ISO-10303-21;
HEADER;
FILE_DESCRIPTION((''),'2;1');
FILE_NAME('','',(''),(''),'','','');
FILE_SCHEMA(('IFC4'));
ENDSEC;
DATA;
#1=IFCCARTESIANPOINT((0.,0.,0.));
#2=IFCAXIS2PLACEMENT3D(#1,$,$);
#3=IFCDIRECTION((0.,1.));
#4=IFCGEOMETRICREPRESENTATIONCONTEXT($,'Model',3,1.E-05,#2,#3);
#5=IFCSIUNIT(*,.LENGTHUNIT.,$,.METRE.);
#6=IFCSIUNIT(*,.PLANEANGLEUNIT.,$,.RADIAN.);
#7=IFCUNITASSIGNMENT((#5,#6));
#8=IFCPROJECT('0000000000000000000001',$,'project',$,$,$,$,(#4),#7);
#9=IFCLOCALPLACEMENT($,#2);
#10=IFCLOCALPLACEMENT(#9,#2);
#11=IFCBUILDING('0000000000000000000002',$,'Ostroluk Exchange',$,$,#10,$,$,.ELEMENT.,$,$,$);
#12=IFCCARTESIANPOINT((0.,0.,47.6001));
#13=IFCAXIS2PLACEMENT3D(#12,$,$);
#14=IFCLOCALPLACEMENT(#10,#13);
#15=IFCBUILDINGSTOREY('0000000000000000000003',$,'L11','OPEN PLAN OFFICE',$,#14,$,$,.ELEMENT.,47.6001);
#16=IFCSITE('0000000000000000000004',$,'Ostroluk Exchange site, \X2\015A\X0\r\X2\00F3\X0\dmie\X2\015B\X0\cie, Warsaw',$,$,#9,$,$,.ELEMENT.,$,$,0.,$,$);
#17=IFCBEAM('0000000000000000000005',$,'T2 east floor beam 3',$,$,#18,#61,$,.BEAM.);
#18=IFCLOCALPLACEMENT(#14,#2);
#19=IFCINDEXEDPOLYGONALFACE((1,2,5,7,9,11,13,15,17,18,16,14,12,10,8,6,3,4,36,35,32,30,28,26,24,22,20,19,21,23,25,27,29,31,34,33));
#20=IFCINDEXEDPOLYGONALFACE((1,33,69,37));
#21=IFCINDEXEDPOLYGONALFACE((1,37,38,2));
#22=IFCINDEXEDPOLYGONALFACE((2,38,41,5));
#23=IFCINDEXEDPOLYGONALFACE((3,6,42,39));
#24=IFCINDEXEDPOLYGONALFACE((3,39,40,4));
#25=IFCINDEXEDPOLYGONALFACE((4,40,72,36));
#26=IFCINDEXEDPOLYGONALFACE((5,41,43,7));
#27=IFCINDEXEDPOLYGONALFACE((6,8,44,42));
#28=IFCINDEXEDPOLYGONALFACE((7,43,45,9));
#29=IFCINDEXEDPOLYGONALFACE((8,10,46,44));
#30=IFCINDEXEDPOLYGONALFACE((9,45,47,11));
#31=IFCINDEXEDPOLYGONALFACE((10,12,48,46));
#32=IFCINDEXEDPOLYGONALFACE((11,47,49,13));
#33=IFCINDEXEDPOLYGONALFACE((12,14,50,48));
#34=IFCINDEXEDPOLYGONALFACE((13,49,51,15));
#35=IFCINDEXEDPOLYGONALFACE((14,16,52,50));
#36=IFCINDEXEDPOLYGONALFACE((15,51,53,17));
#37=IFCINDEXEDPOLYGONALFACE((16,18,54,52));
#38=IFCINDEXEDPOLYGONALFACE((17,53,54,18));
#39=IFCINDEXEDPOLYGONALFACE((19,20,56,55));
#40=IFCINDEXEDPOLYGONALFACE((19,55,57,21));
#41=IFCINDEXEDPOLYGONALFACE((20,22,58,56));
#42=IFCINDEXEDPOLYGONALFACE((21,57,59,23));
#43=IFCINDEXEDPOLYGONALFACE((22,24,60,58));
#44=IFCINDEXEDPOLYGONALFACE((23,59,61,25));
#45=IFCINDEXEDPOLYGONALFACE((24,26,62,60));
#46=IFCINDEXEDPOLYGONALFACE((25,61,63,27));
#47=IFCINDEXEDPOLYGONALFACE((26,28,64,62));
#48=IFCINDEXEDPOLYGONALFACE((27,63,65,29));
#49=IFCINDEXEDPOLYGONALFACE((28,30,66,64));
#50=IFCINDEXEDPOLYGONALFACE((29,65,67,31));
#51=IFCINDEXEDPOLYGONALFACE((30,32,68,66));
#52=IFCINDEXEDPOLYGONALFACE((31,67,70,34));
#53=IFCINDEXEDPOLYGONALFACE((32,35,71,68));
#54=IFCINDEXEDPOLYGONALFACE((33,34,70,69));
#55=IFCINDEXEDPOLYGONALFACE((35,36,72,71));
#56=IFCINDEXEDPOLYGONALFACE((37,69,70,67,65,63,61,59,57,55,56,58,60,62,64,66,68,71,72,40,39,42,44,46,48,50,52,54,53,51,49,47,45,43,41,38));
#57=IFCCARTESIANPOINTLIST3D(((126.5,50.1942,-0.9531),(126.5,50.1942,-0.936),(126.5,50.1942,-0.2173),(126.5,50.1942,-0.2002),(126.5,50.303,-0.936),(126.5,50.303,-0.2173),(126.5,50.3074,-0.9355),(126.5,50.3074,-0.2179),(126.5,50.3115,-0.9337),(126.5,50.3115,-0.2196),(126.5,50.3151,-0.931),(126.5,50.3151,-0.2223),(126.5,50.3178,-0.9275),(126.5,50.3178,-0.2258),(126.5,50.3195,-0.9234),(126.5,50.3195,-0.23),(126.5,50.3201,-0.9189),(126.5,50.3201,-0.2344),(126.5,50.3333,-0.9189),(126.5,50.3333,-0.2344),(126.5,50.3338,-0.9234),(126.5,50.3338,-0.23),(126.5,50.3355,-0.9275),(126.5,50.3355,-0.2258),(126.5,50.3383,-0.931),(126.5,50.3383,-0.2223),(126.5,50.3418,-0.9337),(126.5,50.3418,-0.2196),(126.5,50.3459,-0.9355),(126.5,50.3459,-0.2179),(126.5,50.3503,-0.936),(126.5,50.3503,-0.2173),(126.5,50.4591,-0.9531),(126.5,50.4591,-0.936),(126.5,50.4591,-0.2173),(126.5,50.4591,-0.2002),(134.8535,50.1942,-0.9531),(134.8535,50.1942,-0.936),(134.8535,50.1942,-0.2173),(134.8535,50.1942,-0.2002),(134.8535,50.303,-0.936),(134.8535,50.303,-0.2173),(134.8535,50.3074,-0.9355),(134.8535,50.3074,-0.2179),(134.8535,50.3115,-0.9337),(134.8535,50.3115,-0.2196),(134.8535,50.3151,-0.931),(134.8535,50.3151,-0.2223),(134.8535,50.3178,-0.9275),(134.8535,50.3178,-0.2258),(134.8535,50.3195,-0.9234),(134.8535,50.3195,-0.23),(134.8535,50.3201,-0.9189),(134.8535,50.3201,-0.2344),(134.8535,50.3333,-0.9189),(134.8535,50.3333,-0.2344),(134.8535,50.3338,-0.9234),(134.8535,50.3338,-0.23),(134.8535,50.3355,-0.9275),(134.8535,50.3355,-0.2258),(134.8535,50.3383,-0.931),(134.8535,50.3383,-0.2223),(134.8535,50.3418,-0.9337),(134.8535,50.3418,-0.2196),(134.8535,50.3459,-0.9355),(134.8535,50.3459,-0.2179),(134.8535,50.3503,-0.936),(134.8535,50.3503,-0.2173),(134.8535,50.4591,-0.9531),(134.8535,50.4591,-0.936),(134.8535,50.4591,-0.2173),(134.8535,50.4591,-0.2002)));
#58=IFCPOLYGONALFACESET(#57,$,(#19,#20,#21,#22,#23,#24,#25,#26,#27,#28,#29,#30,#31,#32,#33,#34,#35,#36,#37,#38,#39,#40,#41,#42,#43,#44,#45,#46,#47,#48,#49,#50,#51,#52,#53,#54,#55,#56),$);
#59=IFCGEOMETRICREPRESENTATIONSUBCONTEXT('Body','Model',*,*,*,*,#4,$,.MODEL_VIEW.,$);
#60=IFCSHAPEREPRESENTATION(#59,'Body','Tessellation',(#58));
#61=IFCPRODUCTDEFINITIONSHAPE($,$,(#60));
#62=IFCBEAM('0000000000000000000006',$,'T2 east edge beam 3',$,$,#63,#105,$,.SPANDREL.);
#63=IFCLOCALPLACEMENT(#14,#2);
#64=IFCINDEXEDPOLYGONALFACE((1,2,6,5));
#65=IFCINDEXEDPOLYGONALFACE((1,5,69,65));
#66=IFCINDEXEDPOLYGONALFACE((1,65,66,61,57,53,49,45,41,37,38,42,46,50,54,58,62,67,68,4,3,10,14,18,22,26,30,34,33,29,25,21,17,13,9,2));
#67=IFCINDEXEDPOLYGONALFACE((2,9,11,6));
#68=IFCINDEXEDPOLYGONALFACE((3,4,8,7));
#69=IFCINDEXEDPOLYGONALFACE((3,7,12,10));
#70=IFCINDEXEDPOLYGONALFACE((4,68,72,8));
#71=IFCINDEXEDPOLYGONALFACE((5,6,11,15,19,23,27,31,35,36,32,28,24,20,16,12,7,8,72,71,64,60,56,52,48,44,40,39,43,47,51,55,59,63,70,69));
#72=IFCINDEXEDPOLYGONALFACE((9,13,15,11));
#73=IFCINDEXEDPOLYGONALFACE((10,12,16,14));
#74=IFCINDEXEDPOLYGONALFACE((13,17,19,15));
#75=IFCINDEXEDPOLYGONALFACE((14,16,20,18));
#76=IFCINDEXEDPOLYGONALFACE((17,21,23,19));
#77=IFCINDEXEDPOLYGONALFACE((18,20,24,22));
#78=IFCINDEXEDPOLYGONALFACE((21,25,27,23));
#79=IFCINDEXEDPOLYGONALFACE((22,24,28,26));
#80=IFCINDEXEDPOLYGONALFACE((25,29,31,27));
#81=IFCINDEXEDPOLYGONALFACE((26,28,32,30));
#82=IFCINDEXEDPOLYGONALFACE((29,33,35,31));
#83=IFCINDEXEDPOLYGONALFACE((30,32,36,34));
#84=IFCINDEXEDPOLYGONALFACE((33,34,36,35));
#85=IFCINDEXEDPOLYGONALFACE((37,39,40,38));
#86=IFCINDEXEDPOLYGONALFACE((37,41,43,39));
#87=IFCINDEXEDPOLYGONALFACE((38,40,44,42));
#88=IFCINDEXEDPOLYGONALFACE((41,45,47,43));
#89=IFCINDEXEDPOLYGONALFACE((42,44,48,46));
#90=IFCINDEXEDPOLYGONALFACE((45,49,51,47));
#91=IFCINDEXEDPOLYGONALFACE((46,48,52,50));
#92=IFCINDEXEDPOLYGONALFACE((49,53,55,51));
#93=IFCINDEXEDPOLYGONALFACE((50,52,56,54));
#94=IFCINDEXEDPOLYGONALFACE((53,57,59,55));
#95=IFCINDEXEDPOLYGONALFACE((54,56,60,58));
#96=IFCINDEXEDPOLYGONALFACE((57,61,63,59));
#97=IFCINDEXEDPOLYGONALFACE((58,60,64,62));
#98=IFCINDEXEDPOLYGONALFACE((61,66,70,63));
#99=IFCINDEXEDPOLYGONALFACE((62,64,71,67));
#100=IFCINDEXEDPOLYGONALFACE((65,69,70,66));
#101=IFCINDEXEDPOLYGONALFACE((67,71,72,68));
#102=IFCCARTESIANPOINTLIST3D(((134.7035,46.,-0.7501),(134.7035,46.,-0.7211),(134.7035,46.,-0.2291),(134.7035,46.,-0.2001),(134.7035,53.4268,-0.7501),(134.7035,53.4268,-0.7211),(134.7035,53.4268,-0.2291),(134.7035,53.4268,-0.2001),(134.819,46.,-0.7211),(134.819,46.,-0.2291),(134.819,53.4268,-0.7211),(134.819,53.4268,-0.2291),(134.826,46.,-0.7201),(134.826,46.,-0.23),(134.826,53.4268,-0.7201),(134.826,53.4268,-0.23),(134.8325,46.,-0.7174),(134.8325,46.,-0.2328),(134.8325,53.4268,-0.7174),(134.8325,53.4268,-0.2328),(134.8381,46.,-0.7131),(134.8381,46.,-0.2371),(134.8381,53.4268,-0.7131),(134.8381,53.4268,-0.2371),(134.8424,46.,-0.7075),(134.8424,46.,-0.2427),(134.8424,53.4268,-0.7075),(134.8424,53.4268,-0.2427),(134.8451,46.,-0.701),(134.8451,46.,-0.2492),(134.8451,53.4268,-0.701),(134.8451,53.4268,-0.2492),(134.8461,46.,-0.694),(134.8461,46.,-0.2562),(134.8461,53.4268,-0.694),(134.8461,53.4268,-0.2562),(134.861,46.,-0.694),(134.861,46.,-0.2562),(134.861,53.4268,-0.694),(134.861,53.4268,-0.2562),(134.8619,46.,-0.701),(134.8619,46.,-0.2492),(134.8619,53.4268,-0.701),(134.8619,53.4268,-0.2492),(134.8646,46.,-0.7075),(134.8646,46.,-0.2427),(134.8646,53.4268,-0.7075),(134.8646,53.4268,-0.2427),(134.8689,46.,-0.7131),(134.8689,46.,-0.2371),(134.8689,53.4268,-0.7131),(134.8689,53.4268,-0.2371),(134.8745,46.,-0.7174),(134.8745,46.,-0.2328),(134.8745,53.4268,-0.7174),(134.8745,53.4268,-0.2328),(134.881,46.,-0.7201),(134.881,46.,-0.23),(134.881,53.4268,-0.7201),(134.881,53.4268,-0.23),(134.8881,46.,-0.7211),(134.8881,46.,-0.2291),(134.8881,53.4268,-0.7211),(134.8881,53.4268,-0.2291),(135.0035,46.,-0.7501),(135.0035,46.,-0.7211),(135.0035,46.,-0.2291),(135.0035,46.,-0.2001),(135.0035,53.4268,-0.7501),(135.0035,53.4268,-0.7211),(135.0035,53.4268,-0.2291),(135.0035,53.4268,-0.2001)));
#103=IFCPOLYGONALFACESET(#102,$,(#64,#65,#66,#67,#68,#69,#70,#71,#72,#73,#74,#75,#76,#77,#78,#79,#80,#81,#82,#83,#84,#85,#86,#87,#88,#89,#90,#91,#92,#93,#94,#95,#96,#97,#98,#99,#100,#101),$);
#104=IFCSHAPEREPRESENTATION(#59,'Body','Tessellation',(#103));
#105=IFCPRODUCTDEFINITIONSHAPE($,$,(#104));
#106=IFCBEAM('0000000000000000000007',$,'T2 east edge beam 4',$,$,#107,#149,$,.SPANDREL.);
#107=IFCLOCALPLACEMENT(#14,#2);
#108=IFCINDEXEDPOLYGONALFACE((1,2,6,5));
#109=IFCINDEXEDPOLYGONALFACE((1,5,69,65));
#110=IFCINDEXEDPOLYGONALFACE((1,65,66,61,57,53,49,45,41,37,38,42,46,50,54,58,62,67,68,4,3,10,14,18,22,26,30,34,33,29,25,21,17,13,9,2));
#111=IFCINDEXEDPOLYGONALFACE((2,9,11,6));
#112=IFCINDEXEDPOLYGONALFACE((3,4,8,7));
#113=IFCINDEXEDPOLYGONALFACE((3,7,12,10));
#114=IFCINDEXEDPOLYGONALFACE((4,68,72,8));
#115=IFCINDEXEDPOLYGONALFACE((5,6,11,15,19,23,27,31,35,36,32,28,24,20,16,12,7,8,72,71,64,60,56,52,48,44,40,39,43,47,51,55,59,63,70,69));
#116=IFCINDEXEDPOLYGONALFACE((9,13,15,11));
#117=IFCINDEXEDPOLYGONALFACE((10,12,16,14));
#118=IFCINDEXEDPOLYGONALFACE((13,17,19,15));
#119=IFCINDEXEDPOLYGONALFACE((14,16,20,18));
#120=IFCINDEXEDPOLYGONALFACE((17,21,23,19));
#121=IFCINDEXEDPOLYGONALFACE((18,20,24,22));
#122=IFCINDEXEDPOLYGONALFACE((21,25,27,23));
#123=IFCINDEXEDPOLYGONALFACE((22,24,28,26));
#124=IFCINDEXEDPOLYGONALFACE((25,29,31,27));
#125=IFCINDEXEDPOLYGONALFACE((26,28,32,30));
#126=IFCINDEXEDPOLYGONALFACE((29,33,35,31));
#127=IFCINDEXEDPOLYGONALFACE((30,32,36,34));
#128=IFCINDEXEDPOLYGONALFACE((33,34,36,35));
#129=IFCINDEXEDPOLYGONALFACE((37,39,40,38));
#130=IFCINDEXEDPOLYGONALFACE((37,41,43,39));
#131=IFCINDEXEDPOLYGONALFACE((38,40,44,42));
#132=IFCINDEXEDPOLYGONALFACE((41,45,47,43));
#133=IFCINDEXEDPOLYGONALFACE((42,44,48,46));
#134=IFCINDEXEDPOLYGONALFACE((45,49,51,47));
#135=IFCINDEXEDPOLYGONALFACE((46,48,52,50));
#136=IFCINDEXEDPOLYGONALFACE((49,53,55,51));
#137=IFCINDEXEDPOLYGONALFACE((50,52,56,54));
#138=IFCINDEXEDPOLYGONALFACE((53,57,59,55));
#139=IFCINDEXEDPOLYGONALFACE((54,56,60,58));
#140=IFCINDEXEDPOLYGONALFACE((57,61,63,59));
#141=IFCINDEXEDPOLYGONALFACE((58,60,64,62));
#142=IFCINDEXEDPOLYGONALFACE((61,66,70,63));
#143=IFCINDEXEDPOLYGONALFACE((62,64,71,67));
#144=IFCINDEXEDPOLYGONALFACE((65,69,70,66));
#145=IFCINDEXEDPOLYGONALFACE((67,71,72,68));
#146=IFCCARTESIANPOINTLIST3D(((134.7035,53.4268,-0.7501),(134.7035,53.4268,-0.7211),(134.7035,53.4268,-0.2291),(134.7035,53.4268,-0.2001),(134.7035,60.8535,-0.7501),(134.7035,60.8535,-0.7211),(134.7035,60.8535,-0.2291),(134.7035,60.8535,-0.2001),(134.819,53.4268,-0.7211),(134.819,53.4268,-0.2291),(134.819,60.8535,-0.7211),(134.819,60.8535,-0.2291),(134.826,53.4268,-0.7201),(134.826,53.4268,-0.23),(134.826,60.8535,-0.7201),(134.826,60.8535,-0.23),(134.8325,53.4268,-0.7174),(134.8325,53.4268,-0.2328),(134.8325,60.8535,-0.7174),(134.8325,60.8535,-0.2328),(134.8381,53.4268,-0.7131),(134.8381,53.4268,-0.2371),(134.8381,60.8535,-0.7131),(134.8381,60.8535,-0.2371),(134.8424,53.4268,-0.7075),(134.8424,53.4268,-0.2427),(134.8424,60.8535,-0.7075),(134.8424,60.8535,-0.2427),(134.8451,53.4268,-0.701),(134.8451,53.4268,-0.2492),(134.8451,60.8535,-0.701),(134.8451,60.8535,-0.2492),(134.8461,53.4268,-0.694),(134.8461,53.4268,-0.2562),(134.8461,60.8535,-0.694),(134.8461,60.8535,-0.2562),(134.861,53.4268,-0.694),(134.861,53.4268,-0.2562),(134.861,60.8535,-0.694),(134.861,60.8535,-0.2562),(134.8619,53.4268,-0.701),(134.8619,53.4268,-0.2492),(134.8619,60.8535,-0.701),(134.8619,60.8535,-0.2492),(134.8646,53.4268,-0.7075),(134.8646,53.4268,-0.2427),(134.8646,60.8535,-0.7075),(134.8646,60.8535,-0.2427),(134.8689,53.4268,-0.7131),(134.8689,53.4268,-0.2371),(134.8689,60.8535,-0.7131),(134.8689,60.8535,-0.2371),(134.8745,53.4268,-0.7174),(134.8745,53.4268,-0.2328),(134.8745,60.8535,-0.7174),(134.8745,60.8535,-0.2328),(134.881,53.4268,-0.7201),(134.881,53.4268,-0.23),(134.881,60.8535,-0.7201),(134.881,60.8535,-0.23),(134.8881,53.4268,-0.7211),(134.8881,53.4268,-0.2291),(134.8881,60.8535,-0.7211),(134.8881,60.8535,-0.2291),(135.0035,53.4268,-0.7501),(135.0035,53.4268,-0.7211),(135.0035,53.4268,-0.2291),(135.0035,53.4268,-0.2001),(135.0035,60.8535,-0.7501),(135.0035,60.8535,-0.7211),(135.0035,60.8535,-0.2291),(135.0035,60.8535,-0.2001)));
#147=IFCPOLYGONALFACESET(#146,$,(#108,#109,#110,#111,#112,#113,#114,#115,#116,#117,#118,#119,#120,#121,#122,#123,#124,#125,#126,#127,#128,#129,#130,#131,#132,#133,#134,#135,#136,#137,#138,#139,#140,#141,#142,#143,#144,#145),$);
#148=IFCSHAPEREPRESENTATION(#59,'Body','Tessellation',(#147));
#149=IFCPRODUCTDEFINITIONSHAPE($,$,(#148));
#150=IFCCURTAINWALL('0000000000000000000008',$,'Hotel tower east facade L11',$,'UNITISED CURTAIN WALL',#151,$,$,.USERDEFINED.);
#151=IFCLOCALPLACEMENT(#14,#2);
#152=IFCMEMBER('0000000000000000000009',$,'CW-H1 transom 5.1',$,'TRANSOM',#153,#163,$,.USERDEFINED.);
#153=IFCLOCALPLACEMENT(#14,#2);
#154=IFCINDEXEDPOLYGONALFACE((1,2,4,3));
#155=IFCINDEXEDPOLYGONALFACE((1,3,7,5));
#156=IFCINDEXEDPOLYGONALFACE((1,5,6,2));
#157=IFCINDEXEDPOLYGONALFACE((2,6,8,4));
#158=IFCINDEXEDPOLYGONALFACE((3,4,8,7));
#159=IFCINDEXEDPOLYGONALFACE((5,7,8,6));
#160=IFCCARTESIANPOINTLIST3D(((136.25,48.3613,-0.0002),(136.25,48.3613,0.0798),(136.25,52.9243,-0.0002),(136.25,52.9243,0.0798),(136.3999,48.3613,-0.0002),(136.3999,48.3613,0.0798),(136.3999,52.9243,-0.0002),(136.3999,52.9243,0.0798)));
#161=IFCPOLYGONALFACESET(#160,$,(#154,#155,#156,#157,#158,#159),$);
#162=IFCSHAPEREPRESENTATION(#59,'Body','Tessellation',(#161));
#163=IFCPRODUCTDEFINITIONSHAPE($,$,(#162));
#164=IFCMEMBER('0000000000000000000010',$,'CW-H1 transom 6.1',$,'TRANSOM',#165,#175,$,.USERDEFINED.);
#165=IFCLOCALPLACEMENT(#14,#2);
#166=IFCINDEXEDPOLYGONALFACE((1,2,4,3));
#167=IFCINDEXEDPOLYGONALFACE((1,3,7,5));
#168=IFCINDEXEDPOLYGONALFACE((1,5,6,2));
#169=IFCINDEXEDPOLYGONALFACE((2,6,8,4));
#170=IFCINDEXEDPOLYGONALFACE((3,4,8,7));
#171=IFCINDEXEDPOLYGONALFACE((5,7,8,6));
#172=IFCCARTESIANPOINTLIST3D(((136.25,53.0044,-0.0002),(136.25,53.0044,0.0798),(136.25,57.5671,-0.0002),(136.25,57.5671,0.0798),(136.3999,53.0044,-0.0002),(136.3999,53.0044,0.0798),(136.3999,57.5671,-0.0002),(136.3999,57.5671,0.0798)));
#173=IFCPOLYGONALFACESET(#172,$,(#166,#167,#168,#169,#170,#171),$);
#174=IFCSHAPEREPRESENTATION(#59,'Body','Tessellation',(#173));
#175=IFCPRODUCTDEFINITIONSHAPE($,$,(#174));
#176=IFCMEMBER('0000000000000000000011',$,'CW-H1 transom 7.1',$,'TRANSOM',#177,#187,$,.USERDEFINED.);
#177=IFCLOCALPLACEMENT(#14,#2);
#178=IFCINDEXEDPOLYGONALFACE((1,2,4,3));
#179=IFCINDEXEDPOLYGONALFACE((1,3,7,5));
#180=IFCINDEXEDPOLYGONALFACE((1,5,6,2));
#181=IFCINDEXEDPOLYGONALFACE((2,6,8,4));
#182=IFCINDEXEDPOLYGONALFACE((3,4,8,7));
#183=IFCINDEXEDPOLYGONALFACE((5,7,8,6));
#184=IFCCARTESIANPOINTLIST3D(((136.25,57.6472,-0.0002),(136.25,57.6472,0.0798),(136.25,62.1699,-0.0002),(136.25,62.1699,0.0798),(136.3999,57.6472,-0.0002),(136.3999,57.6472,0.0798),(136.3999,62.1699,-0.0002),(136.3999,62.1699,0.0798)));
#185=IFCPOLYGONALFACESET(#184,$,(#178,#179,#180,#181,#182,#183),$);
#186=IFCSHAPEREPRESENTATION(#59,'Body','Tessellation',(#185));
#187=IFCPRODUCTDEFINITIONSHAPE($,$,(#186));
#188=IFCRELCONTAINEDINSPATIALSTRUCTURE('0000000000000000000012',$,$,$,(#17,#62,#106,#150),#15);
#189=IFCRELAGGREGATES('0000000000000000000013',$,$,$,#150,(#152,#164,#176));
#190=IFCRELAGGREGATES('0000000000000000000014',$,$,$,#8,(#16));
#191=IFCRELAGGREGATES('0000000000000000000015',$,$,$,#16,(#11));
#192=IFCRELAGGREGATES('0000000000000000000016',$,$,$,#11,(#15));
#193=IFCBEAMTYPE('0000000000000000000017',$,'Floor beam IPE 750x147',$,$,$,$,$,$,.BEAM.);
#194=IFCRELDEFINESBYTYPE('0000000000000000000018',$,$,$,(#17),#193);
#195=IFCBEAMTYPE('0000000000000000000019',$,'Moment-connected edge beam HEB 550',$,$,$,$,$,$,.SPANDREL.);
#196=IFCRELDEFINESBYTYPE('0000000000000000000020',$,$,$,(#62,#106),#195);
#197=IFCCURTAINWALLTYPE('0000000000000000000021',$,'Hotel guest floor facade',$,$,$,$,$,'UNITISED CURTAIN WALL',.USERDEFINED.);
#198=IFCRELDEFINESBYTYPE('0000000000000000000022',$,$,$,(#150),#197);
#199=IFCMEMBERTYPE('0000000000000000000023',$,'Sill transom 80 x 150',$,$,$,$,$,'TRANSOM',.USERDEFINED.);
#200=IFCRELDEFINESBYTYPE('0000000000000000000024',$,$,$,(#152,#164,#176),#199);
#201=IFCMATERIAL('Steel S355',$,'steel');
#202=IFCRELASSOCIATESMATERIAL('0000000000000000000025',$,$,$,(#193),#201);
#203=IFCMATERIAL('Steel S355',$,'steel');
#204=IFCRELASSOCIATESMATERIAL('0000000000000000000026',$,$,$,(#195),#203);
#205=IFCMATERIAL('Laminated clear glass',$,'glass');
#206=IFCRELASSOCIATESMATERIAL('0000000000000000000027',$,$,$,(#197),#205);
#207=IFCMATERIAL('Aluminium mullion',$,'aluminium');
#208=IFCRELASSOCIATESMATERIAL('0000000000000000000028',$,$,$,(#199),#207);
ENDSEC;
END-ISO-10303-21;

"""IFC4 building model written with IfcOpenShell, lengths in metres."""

from ifc_helpers import new_model, si_unit, direction, frame, origin, origin_2d, place, context, subcontext, project, spatial, rectangle, i_section, extrude, material, material_profile, profile_set, type_object, element, aggregate, save


model = new_model("IFC4")

# Units and contexts
model_context = context("Model", 3, precision=1e-05, world=origin(), true_north=direction((0.0, 1.0)))
body_context = subcontext(model_context, "Body", "Model", "MODEL_VIEW")
ifc_project = project(units=[si_unit("LENGTHUNIT", "METRE"), si_unit("PLANEANGLEUNIT", "RADIAN")], contexts=[model_context])

# Site, building, storey
site_placement = place(None, origin())
site = spatial("IfcSite", under=ifc_project, at=site_placement, Name="Ostroluk Exchange site, Śródmieście, Warsaw", CompositionType="ELEMENT", RefElevation=0.0)
building_placement = place(site_placement, origin())
building = spatial("IfcBuilding", under=site, at=building_placement, Name="Ostroluk Exchange", CompositionType="ELEMENT")
storey_placement = place(building_placement, frame((0.0, 0.0, 47.6001)))
storey = spatial("IfcBuildingStorey", under=building, at=storey_placement, Name="L11", Description="OPEN PLAN OFFICE", CompositionType="ELEMENT", Elevation=47.6001)

# Beams
ifc_material_1 = material(Name="Steel S355", Category="steel")
ifc_material_profile_1 = material_profile(ifc_material_1, i_section(OverallWidth=0.2649, OverallDepth=0.7529, WebThickness=0.0132, FlangeThickness=0.0171, FilletRadius=0.0171, at=origin_2d()), Name="IPE 750x147")
ifc_profile_set_1 = profile_set([ifc_material_profile_1], Name="Steel S355")
beam_type_1 = type_object("IfcBeamType", Name="Floor beam IPE 750x147", PredefinedType="BEAM", material=ifc_profile_set_1)
beam_placement = place(storey_placement, frame((126.5, 50.3267, -0.5767), z_axis=(1.0, 0.0, 0.0), x_axis=(0.0, 1.0, 0.0)))
element("IfcBeam", 1, at=beam_placement, inside=storey, type_object=beam_type_1, Name="T2 east floor beam 3", PredefinedType="BEAM", context=body_context, shape_type="SweptSolid", body=[
    extrude(i_section(OverallWidth=0.2649, OverallDepth=0.7529, WebThickness=0.0132, FlangeThickness=0.0171, FilletRadius=0.0171, at=origin_2d()), origin(), (0.0, 0.0, 1.0), 8.3535),
])
ifc_material_2 = material(Name="Steel S355", Category="steel")
ifc_material_profile_2 = material_profile(ifc_material_2, i_section(OverallWidth=0.3, OverallDepth=0.55, WebThickness=0.0149, FlangeThickness=0.0291, FilletRadius=0.0271, at=origin_2d()), Name="HEB 550")
ifc_profile_set_2 = profile_set([ifc_material_profile_2], Name="Steel S355")
beam_type_2 = type_object("IfcBeamType", Name="Moment-connected edge beam HEB 550", PredefinedType="SPANDREL", material=ifc_profile_set_2)
for number, where, z_axis, x_axis, name in (
    (2, (134.8535, 46.0, -0.4751), (0.0, 1.0, 0.0), (-1.0, 0.0, 0.0), "T2 east edge beam 3"),
    (3, (134.8535, 53.4268, -0.4751), (0.0, 1.0, 0.0), (-1.0, 0.0, 0.0), "T2 east edge beam 4"),
):
    element("IfcBeam", number, at=place(storey_placement, frame(where, z_axis=z_axis, x_axis=x_axis)), inside=storey, type_object=beam_type_2, Name=name, PredefinedType="SPANDREL", context=body_context, shape_type="SweptSolid", body=[
        extrude(i_section(OverallWidth=0.3, OverallDepth=0.55, WebThickness=0.0149, FlangeThickness=0.0291, FilletRadius=0.0271, at=origin_2d()), origin(), (0.0, 0.0, 1.0), 7.4268),
    ])

# Curtain wall, members
ifc_material_3 = material(Name="Laminated clear glass", Category="glass")
curtain_wall_type = type_object("IfcCurtainWallType", Name="Hotel guest floor facade", ElementType="UNITISED CURTAIN WALL", PredefinedType="USERDEFINED", material=ifc_material_3)
curtain_wall_placement = place(storey_placement, origin())
curtain_wall = element("IfcCurtainWall", 4, at=curtain_wall_placement, inside=storey, type_object=curtain_wall_type, Name="Hotel tower east facade L11", ObjectType="UNITISED CURTAIN WALL", PredefinedType="USERDEFINED")
ifc_material_4 = material(Name="Aluminium mullion", Category="aluminium")
ifc_material_profile_3 = material_profile(ifc_material_4, rectangle(XDim=0.1499, YDim=0.0801, at=origin_2d()), Name="Sill transom 80 x 150")
ifc_profile_set_3 = profile_set([ifc_material_profile_3], Name="Aluminium mullion")
member_type_1 = type_object("IfcMemberType", Name="Sill transom 80 x 150", ElementType="TRANSOM", PredefinedType="USERDEFINED", material=ifc_profile_set_3)
member_1_placement = place(storey_placement, frame((136.325, 48.3613, 0.0398), z_axis=(0.0, 1.0, 0.0), x_axis=(-1.0, 0.0, 0.0)))
member_1 = element("IfcMember", 5, at=member_1_placement, type_object=member_type_1, Name="CW-H1 transom 5.1", ObjectType="TRANSOM", PredefinedType="USERDEFINED", context=body_context, shape_type="SweptSolid", body=[
    extrude(rectangle(XDim=0.1499, YDim=0.0801, at=origin_2d()), origin(), (0.0, 0.0, 1.0), 4.563),
])
member_2_placement = place(storey_placement, frame((136.325, 53.0044, 0.0398), z_axis=(0.0, 1.0, 0.0), x_axis=(-1.0, 0.0, 0.0)))
member_2 = element("IfcMember", 6, at=member_2_placement, type_object=member_type_1, Name="CW-H1 transom 6.1", ObjectType="TRANSOM", PredefinedType="USERDEFINED", context=body_context, shape_type="SweptSolid", body=[
    extrude(rectangle(XDim=0.1499, YDim=0.0801, at=origin_2d()), origin(), (0.0, 0.0, 1.0), 4.5627),
])
member_3_placement = place(storey_placement, frame((136.325, 57.6472, 0.0398), z_axis=(0.0, 1.0, 0.0), x_axis=(-1.0, 0.0, 0.0)))
member_3 = element("IfcMember", 7, at=member_3_placement, type_object=member_type_1, Name="CW-H1 transom 7.1", ObjectType="TRANSOM", PredefinedType="USERDEFINED", context=body_context, shape_type="SweptSolid", body=[
    extrude(rectangle(XDim=0.1499, YDim=0.0801, at=origin_2d()), origin(), (0.0, 0.0, 1.0), 4.5227),
])
aggregate(curtain_wall, [member_1, member_2, member_3])

save(model, "model.ifc")
